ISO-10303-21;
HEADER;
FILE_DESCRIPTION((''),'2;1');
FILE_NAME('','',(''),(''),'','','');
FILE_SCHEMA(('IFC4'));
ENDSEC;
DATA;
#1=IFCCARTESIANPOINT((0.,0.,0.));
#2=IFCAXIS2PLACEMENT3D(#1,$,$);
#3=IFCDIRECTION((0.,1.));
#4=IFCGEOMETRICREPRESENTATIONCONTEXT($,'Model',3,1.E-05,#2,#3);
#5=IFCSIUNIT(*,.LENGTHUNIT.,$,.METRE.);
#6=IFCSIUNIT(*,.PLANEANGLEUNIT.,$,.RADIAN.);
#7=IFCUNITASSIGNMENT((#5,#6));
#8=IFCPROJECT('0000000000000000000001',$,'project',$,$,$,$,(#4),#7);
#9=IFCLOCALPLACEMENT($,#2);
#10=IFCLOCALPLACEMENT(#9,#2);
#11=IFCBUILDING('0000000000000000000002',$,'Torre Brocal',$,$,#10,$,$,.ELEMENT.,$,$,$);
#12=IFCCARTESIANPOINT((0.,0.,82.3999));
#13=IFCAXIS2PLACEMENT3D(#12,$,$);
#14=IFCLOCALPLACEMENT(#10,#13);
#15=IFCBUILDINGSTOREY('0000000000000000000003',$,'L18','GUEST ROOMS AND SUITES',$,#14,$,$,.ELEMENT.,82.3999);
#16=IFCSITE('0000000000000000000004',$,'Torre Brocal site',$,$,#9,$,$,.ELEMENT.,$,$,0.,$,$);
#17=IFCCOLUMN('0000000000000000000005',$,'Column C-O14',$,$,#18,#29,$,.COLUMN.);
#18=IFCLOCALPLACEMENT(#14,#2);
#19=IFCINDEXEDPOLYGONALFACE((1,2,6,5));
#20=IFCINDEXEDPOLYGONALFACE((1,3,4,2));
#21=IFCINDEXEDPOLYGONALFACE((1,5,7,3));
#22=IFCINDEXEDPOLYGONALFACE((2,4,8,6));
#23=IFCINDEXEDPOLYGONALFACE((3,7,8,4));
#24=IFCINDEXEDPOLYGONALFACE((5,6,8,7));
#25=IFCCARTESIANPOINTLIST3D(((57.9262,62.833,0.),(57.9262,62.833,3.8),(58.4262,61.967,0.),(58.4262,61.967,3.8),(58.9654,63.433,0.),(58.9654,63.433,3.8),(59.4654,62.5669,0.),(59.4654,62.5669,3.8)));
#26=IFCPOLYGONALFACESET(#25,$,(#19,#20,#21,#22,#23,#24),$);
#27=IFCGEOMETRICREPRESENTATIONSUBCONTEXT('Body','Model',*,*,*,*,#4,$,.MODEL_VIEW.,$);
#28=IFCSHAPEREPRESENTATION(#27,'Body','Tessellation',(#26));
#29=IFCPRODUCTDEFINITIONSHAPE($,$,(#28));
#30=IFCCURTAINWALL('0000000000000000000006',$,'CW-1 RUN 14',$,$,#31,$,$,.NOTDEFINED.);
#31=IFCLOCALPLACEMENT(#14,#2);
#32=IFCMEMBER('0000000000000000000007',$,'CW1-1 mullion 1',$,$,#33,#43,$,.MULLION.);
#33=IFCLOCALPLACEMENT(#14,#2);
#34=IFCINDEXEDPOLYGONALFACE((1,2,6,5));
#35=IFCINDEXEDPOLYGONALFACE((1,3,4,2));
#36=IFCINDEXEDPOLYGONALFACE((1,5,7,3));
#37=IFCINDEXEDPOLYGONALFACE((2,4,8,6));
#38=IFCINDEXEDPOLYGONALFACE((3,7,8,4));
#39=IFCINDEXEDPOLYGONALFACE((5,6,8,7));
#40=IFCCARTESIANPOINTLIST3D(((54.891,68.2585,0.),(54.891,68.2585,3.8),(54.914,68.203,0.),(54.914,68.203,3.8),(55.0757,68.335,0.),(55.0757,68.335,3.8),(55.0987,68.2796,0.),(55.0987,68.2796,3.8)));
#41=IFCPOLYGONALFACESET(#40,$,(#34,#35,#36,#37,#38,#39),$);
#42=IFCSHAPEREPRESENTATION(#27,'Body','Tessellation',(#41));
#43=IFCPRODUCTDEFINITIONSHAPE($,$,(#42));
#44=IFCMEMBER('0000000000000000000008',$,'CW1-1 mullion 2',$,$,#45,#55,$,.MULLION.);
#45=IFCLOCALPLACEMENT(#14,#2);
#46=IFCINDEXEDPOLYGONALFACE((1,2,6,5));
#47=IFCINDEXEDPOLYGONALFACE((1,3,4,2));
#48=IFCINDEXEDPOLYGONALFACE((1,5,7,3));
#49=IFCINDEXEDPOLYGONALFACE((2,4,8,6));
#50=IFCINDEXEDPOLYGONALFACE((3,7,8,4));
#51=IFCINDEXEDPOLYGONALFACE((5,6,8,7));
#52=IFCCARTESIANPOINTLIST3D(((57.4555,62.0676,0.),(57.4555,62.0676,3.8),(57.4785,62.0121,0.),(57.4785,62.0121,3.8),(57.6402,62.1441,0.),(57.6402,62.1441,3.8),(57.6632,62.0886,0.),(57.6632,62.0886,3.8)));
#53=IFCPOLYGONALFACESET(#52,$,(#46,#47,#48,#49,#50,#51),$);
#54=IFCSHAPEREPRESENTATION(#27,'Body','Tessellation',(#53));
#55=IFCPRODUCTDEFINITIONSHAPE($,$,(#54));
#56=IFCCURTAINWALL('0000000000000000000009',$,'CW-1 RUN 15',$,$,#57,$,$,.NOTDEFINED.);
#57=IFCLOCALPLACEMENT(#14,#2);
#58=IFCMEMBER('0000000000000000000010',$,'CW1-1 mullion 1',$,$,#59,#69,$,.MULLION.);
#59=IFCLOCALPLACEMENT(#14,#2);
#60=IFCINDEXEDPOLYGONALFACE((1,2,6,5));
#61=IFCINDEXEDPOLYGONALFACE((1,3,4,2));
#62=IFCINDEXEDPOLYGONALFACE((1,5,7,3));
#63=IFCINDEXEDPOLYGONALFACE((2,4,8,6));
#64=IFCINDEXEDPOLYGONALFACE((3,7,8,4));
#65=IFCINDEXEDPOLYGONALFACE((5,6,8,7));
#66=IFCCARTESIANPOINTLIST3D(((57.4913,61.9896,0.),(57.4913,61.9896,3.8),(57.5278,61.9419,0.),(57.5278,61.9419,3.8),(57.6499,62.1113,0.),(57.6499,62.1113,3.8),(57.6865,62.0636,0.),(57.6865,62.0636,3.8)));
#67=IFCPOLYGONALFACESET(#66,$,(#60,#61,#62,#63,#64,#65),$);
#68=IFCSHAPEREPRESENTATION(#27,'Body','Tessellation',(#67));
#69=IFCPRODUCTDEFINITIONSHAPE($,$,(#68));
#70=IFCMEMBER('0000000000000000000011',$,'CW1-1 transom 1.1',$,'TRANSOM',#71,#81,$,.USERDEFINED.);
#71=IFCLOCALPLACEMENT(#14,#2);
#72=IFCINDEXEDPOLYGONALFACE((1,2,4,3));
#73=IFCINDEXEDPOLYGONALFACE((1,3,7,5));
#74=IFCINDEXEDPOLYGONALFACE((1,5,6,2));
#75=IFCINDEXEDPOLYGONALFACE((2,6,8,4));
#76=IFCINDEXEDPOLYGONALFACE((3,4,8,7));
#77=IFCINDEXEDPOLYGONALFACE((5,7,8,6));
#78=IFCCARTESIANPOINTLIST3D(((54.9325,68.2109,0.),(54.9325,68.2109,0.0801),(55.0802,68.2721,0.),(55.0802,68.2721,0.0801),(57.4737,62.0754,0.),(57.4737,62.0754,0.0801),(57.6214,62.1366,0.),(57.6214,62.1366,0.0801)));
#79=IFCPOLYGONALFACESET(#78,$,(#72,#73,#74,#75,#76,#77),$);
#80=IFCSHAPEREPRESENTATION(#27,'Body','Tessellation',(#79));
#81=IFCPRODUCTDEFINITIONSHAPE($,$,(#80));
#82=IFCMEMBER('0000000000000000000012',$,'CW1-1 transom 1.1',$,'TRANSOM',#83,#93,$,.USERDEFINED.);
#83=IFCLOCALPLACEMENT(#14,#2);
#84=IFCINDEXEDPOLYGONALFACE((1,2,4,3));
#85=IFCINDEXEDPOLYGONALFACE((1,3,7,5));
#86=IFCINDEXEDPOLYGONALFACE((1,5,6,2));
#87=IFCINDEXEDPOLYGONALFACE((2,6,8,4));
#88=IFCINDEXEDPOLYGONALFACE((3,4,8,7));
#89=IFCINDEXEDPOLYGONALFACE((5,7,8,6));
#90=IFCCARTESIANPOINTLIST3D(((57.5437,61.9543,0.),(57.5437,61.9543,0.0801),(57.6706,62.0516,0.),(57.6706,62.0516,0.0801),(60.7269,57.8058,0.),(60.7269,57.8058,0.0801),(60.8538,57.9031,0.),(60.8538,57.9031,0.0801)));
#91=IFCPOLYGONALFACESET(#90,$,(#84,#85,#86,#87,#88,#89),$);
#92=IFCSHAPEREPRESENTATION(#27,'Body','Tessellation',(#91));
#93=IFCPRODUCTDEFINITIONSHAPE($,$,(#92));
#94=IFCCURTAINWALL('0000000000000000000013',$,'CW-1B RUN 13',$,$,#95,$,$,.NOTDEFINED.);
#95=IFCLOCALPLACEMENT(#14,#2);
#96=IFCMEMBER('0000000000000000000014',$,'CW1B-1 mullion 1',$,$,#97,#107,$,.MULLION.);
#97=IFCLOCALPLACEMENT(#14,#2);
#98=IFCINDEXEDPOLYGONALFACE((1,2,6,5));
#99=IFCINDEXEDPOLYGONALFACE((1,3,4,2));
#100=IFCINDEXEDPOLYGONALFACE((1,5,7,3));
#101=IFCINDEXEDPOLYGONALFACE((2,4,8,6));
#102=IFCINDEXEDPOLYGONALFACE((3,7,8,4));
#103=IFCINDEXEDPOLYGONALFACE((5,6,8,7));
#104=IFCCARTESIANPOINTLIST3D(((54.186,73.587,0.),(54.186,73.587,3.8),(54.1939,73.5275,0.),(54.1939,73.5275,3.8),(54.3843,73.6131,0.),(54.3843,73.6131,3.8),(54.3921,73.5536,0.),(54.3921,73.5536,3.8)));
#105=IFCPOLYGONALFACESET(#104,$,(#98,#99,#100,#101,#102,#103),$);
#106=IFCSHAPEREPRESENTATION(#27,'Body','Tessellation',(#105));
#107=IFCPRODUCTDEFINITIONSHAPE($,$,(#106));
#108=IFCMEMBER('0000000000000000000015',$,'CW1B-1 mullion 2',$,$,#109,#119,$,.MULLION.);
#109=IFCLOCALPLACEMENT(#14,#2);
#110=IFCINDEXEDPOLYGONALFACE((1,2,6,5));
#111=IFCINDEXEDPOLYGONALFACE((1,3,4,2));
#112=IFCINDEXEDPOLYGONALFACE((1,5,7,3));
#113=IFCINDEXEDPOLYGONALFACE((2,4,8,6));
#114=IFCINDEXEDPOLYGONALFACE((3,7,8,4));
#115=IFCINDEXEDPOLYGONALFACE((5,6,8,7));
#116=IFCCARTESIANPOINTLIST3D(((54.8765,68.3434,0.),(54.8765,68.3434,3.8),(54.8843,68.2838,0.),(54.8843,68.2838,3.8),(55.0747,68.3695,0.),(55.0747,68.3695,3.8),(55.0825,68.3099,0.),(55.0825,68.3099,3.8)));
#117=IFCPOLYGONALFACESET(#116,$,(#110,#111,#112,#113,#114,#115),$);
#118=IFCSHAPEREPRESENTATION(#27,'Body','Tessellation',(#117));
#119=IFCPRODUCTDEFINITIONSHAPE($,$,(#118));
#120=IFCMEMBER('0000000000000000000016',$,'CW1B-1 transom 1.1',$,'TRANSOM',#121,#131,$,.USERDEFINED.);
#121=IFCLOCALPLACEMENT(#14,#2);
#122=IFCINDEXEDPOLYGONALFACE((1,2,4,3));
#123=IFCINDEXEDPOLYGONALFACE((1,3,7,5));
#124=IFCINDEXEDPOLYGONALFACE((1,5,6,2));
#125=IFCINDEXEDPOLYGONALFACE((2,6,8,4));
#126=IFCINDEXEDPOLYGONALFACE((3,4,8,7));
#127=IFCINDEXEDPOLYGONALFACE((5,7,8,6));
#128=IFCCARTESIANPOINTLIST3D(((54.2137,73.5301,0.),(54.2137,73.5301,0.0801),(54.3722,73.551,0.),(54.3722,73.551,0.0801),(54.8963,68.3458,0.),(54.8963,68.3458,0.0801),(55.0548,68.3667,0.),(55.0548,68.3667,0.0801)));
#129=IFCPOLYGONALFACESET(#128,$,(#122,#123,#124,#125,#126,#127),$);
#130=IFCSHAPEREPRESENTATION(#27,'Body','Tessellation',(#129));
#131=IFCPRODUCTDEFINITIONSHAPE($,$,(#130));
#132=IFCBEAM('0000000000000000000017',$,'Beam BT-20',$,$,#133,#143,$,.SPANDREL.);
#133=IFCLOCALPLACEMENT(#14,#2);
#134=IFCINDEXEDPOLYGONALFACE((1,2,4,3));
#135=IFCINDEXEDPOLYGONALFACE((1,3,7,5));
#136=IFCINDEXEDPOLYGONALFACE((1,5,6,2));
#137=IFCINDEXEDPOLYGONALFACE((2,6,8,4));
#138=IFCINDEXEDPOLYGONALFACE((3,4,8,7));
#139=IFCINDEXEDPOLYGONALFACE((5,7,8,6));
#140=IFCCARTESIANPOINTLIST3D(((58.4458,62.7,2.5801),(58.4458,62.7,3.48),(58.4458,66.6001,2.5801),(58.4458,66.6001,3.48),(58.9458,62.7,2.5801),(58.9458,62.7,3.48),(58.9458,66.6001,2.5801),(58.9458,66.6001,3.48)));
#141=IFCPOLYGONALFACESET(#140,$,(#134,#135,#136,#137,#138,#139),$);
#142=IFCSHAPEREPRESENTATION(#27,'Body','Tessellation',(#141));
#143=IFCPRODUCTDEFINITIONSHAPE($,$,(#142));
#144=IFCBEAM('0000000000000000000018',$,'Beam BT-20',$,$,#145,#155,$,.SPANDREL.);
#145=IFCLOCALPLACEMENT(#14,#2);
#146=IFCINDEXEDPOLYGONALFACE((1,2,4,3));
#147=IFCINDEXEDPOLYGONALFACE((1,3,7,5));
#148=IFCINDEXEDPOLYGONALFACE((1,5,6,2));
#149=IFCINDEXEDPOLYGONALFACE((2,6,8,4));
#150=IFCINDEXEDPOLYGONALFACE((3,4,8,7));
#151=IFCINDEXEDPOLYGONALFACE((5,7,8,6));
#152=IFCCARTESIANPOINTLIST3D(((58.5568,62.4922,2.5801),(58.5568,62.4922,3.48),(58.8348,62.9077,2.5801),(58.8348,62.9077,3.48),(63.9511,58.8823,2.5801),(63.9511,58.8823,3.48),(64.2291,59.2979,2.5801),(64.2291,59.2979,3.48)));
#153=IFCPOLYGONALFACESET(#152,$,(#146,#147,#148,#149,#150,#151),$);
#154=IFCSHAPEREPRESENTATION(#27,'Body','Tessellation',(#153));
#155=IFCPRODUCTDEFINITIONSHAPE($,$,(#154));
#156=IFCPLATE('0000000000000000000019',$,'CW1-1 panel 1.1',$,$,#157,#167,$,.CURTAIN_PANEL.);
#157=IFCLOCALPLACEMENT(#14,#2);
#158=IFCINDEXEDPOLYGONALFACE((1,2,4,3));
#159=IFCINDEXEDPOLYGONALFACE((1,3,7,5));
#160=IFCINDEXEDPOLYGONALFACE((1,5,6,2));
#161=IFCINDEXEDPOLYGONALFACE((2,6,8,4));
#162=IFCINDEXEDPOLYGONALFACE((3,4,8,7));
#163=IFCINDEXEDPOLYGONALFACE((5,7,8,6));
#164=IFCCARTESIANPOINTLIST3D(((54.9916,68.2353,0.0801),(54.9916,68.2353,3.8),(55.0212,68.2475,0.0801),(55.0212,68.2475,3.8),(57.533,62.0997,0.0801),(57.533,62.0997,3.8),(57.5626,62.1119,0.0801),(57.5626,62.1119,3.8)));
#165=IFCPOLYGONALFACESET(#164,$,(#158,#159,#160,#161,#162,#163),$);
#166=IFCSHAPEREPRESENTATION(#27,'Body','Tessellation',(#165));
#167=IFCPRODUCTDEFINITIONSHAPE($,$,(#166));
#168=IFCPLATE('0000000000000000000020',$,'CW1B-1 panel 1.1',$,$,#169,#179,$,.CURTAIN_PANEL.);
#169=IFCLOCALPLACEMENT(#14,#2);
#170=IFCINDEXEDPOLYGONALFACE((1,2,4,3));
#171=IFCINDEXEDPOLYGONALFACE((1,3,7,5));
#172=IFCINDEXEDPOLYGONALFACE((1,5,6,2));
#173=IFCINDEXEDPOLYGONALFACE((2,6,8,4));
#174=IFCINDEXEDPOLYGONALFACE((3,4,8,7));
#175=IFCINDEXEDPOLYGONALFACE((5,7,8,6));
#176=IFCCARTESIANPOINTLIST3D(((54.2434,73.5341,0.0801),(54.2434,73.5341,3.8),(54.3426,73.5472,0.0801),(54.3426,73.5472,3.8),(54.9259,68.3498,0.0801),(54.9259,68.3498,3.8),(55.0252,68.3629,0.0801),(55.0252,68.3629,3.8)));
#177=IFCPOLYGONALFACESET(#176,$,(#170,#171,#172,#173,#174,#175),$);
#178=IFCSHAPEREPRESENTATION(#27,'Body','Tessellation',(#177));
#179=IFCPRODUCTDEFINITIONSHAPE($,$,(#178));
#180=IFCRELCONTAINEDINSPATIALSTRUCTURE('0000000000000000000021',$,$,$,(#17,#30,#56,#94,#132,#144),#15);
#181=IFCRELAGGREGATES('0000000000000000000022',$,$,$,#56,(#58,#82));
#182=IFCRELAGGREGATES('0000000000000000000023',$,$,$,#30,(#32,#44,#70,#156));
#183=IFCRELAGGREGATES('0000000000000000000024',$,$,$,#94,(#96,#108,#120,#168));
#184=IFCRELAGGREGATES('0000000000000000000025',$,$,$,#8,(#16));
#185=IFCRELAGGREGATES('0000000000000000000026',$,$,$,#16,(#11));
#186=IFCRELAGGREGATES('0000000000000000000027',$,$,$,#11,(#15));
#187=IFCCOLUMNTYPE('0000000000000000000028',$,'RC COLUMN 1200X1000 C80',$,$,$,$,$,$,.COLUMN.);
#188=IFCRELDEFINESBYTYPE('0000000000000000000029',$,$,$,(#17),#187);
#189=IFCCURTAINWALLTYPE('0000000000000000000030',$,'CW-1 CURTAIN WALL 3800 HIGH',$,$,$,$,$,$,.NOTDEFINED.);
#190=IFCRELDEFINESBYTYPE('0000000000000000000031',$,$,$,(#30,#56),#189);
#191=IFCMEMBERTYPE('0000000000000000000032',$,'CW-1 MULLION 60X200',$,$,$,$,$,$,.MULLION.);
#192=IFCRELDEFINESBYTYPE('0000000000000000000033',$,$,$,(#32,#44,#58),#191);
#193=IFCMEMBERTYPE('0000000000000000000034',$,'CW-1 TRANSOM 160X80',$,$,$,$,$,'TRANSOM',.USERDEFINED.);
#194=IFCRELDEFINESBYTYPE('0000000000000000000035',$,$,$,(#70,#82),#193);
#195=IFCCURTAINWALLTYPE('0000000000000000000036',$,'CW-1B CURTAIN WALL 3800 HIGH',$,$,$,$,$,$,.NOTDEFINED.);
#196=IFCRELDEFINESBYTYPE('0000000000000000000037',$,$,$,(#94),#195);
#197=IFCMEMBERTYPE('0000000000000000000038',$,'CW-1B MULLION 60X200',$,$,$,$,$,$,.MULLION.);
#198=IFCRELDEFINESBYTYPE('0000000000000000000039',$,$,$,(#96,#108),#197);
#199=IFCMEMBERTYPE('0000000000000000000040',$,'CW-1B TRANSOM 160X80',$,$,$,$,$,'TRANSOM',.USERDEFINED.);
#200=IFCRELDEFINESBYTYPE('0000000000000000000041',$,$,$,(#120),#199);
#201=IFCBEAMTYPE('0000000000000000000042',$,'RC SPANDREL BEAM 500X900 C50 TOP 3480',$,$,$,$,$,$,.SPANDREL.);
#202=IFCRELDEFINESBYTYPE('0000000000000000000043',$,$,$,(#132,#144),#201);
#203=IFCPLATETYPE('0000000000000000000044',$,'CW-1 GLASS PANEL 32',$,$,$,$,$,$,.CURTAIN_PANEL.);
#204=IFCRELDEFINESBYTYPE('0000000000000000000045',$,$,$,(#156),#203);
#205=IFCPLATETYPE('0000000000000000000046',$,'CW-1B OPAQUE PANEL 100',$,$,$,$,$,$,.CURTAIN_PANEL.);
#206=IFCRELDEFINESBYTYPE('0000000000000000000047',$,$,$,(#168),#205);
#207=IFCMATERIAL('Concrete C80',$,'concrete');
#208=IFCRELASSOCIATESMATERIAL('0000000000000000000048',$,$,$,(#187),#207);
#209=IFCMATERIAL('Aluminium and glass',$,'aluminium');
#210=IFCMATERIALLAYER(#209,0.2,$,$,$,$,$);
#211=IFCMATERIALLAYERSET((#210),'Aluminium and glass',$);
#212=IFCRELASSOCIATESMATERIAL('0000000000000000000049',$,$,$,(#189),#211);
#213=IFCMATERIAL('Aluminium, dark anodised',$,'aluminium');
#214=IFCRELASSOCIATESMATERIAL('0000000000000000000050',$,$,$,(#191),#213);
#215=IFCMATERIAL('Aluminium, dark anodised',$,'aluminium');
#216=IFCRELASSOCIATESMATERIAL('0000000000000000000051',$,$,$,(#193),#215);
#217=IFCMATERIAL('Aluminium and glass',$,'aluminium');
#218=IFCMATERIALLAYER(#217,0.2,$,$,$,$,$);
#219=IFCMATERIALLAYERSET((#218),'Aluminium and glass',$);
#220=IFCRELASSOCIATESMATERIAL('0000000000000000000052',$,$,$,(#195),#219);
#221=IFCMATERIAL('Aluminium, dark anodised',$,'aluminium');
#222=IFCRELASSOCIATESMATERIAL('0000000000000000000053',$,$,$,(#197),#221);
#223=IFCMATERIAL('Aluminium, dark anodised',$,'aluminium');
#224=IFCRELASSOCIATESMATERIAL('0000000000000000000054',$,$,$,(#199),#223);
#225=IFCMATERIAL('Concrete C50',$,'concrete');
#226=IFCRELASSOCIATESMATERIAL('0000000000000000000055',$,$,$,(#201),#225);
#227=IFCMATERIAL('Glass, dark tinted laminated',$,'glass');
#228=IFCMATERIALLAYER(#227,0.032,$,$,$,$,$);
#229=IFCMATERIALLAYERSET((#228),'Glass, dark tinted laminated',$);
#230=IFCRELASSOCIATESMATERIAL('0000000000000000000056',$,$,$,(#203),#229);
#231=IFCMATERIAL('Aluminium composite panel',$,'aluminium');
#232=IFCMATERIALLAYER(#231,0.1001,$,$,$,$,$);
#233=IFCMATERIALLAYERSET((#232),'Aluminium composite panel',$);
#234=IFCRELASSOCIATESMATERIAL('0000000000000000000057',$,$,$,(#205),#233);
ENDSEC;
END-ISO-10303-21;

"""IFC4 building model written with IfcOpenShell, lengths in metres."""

from ifc_helpers import new_model, si_unit, direction, frame, origin, origin_2d, place, context, subcontext, project, spatial, rectangle, extrude, material, layer, layer_set, material_profile, profile_set, type_object, element, aggregate, save


model = new_model("IFC4")

# Units and contexts
model_context = context("Model", 3, precision=1e-05, world=origin(), true_north=direction((0.0, 1.0)))
body_context = subcontext(model_context, "Body", "Model", "MODEL_VIEW")
ifc_project = project(units=[si_unit("LENGTHUNIT", "METRE"), si_unit("PLANEANGLEUNIT", "RADIAN")], contexts=[model_context])

# Site, building, storey
site_placement = place(None, origin())
site = spatial("IfcSite", under=ifc_project, at=site_placement, Name="Torre Brocal site", CompositionType="ELEMENT", RefElevation=0.0)
building_placement = place(site_placement, origin())
building = spatial("IfcBuilding", under=site, at=building_placement, Name="Torre Brocal", CompositionType="ELEMENT")
storey_placement = place(building_placement, frame((0.0, 0.0, 82.3999)))
storey = spatial("IfcBuildingStorey", under=building, at=storey_placement, Name="L18", Description="GUEST ROOMS AND SUITES", CompositionType="ELEMENT", Elevation=82.3999)

# Column
ifc_material_1 = material(Name="Concrete C80", Category="concrete")
ifc_material_profile_1 = material_profile(ifc_material_1, rectangle(XDim=1.2, YDim=1.0, at=origin_2d()), Name="RC 1200X1000")
ifc_profile_set_1 = profile_set([ifc_material_profile_1], Name="Concrete C80")
column_type = type_object("IfcColumnType", Name="RC COLUMN 1200X1000 C80", PredefinedType="COLUMN", material=ifc_profile_set_1)
column_placement = place(storey_placement, frame((58.6958, 62.7, 0.0), z_axis=(0.0, 0.0, 1.0), x_axis=(-0.866025, -0.5, 0.0)))
element("IfcColumn", 1, at=column_placement, inside=storey, type_object=column_type, Name="Column C-O14", PredefinedType="COLUMN", context=body_context, shape_type="SweptSolid", body=[
    extrude(rectangle(XDim=1.2, YDim=1.0, at=origin_2d()), origin(), (0.0, 0.0, 1.0), 3.8),
])

# Curtain wall, members
ifc_material_2 = material(Name="Aluminium and glass", Category="aluminium")
ifc_layer_1 = layer(ifc_material_2, 0.2)
ifc_layer_set_1 = layer_set([ifc_layer_1], Name="Aluminium and glass")
curtain_wall_type_1 = type_object("IfcCurtainWallType", Name="CW-1 CURTAIN WALL 3800 HIGH", PredefinedType="NOTDEFINED", material=ifc_layer_set_1)
curtain_wall_1_placement = place(storey_placement, origin())
curtain_wall_1 = element("IfcCurtainWall", 2, at=curtain_wall_1_placement, inside=storey, type_object=curtain_wall_type_1, Name="CW-1 RUN 14", PredefinedType="NOTDEFINED")
ifc_material_3 = material(Name="Aluminium, dark anodised", Category="aluminium")
ifc_material_profile_2 = material_profile(ifc_material_3, rectangle(XDim=0.2, YDim=0.0601, at=origin_2d()), Name="CW-1 MULLION 60X200")
ifc_profile_set_2 = profile_set([ifc_material_profile_2], Name="Aluminium, dark anodised")
member_type_1 = type_object("IfcMemberType", Name="CW-1 MULLION 60X200", PredefinedType="MULLION", material=ifc_profile_set_2)
member_1_placement = place(storey_placement, frame((54.9949, 68.269, 0.0), z_axis=(0.0, 0.0, 1.0), x_axis=(0.92388, 0.382683, 0.0)))
member_1 = element("IfcMember", 3, at=member_1_placement, type_object=member_type_1, Name="CW1-1 mullion 1", PredefinedType="MULLION", context=body_context, shape_type="SweptSolid", body=[
    extrude(rectangle(XDim=0.2, YDim=0.0601, at=origin_2d()), origin(), (0.0, 0.0, 1.0), 3.8),
])
member_2_placement = place(storey_placement, frame((57.5593, 62.0781, 0.0), z_axis=(0.0, 0.0, 1.0), x_axis=(0.92388, 0.382683, 0.0)))
member_2 = element("IfcMember", 4, at=member_2_placement, type_object=member_type_1, Name="CW1-1 mullion 2", PredefinedType="MULLION", context=body_context, shape_type="SweptSolid", body=[
    extrude(rectangle(XDim=0.2, YDim=0.0601, at=origin_2d()), origin(), (0.0, 0.0, 1.0), 3.8),
])

# Curtain wall, member
curtain_wall_2_placement = place(storey_placement, origin())
curtain_wall_2 = element("IfcCurtainWall", 5, at=curtain_wall_2_placement, inside=storey, type_object=curtain_wall_type_1, Name="CW-1 RUN 15", PredefinedType="NOTDEFINED")
member_3_placement = place(storey_placement, frame((57.5889, 62.0266, 0.0), z_axis=(0.0, 0.0, 1.0), x_axis=(0.793353, 0.608761, 0.0)))
member_3 = element("IfcMember", 6, at=member_3_placement, type_object=member_type_1, Name="CW1-1 mullion 1", PredefinedType="MULLION", context=body_context, shape_type="SweptSolid", body=[
    extrude(rectangle(XDim=0.2, YDim=0.0601, at=origin_2d()), origin(), (0.0, 0.0, 1.0), 3.8),
])

# Members
ifc_material_4 = material(Name="Aluminium, dark anodised", Category="aluminium")
ifc_material_profile_3 = material_profile(ifc_material_4, rectangle(XDim=0.1599, YDim=0.0801, at=origin_2d()), Name="CW-1 TRANSOM 160X80")
ifc_profile_set_3 = profile_set([ifc_material_profile_3], Name="Aluminium, dark anodised")
member_type_2 = type_object("IfcMemberType", Name="CW-1 TRANSOM 160X80", ElementType="TRANSOM", PredefinedType="USERDEFINED", material=ifc_profile_set_3)
member_4_placement = place(storey_placement, frame((55.0063, 68.2415, 0.04), z_axis=(0.382665, -0.923887, 0.0), x_axis=(0.923887, 0.382665, 0.0)))
member_4 = element("IfcMember", 7, at=member_4_placement, type_object=member_type_2, Name="CW1-1 transom 1.1", ObjectType="TRANSOM", PredefinedType="USERDEFINED", context=body_context, shape_type="SweptSolid", body=[
    extrude(rectangle(XDim=0.1599, YDim=0.0801, at=origin_2d()), origin(), (0.0, 0.0, 1.0), 6.6409),
])
member_5_placement = place(storey_placement, frame((57.6072, 62.0029, 0.04), z_axis=(0.608749, -0.793363, 0.0), x_axis=(0.793363, 0.608749, 0.0)))
member_5 = element("IfcMember", 8, at=member_5_placement, type_object=member_type_2, Name="CW1-1 transom 1.1", ObjectType="TRANSOM", PredefinedType="USERDEFINED", context=body_context, shape_type="SweptSolid", body=[
    extrude(rectangle(XDim=0.1599, YDim=0.0801, at=origin_2d()), origin(), (0.0, 0.0, 1.0), 5.229),
])
aggregate(curtain_wall_2, [member_3, member_5])

# Curtain wall, members
ifc_material_5 = material(Name="Aluminium and glass", Category="aluminium")
ifc_layer_2 = layer(ifc_material_5, 0.2)
ifc_layer_set_2 = layer_set([ifc_layer_2], Name="Aluminium and glass")
curtain_wall_type_2 = type_object("IfcCurtainWallType", Name="CW-1B CURTAIN WALL 3800 HIGH", PredefinedType="NOTDEFINED", material=ifc_layer_set_2)
curtain_wall_3_placement = place(storey_placement, origin())
curtain_wall_3 = element("IfcCurtainWall", 9, at=curtain_wall_3_placement, inside=storey, type_object=curtain_wall_type_2, Name="CW-1B RUN 13", PredefinedType="NOTDEFINED")
ifc_material_6 = material(Name="Aluminium, dark anodised", Category="aluminium")
ifc_material_profile_4 = material_profile(ifc_material_6, rectangle(XDim=0.2, YDim=0.0601, at=origin_2d()), Name="CW-1B MULLION 60X200")
ifc_profile_set_4 = profile_set([ifc_material_profile_4], Name="Aluminium, dark anodised")
member_type_3 = type_object("IfcMemberType", Name="CW-1B MULLION 60X200", PredefinedType="MULLION", material=ifc_profile_set_4)
member_6_placement = place(storey_placement, frame((54.2891, 73.5703, 0.0), z_axis=(0.0, 0.0, 1.0), x_axis=(0.991445, 0.130526, 0.0)))
member_6 = element("IfcMember", 10, at=member_6_placement, type_object=member_type_3, Name="CW1B-1 mullion 1", PredefinedType="MULLION", context=body_context, shape_type="SweptSolid", body=[
    extrude(rectangle(XDim=0.2, YDim=0.0601, at=origin_2d()), origin(), (0.0, 0.0, 1.0), 3.8),
])
member_7_placement = place(storey_placement, frame((54.9795, 68.3267, 0.0), z_axis=(0.0, 0.0, 1.0), x_axis=(0.991445, 0.130526, 0.0)))
member_7 = element("IfcMember", 11, at=member_7_placement, type_object=member_type_3, Name="CW1B-1 mullion 2", PredefinedType="MULLION", context=body_context, shape_type="SweptSolid", body=[
    extrude(rectangle(XDim=0.2, YDim=0.0601, at=origin_2d()), origin(), (0.0, 0.0, 1.0), 3.8),
])
ifc_material_7 = material(Name="Aluminium, dark anodised", Category="aluminium")
ifc_material_profile_5 = material_profile(ifc_material_7, rectangle(XDim=0.1599, YDim=0.0801, at=origin_2d()), Name="CW-1B TRANSOM 160X80")
ifc_profile_set_5 = profile_set([ifc_material_profile_5], Name="Aluminium, dark anodised")
member_type_4 = type_object("IfcMemberType", Name="CW-1B TRANSOM 160X80", ElementType="TRANSOM", PredefinedType="USERDEFINED", material=ifc_profile_set_5)
member_8_placement = place(storey_placement, frame((54.293, 73.5405, 0.04), z_axis=(0.130543, -0.991443, 0.0), x_axis=(0.991443, 0.130543, 0.0)))
member_8 = element("IfcMember", 12, at=member_8_placement, type_object=member_type_4, Name="CW1B-1 transom 1.1", ObjectType="TRANSOM", PredefinedType="USERDEFINED", context=body_context, shape_type="SweptSolid", body=[
    extrude(rectangle(XDim=0.1599, YDim=0.0801, at=origin_2d()), origin(), (0.0, 0.0, 1.0), 5.229),
])

# Beams
ifc_material_8 = material(Name="Concrete C50", Category="concrete")
ifc_material_profile_6 = material_profile(ifc_material_8, rectangle(XDim=0.5, YDim=0.8999, at=origin_2d()), Name="RC 500X900")
ifc_profile_set_6 = profile_set([ifc_material_profile_6], Name="Concrete C50")
beam_type = type_object("IfcBeamType", Name="RC SPANDREL BEAM 500X900 C50 TOP 3480", PredefinedType="SPANDREL", material=ifc_profile_set_6)
beam_1_placement = place(storey_placement, frame((58.6958, 62.7, 3.03), z_axis=(0.0, 1.0, 0.0), x_axis=(-1.0, 0.0, 0.0)))
element("IfcBeam", 13, at=beam_1_placement, inside=storey, type_object=beam_type, Name="Beam BT-20", PredefinedType="SPANDREL", context=body_context, shape_type="SweptSolid", body=[
    extrude(rectangle(XDim=0.5, YDim=0.8999, at=origin_2d()), origin(), (0.0, 0.0, 1.0), 3.9001),
])
beam_2_placement = place(storey_placement, frame((58.6958, 62.7, 3.03), z_axis=(0.831077, -0.556158, 0.0), x_axis=(0.556158, 0.831077, 0.0)))
element("IfcBeam", 14, at=beam_2_placement, inside=storey, type_object=beam_type, Name="Beam BT-20", PredefinedType="SPANDREL", context=body_context, shape_type="SweptSolid", body=[
    extrude(rectangle(XDim=0.5, YDim=0.8999, at=origin_2d()), origin(), (0.0, 0.0, 1.0), 6.4907),
])

# Plates
ifc_material_9 = material(Name="Glass, dark tinted laminated", Category="glass")
ifc_layer_3 = layer(ifc_material_9, 0.032)
ifc_layer_set_3 = layer_set([ifc_layer_3], Name="Glass, dark tinted laminated")
plate_type_1 = type_object("IfcPlateType", Name="CW-1 GLASS PANEL 32", PredefinedType="CURTAIN_PANEL", material=ifc_layer_set_3)
plate_1_placement = place(storey_placement, frame((56.2771, 65.1736, 0.0801), z_axis=(0.0, 0.0, 1.0), x_axis=(0.382683, -0.92388, 0.0)))
plate_1 = element("IfcPlate", 15, at=plate_1_placement, type_object=plate_type_1, Name="CW1-1 panel 1.1", PredefinedType="CURTAIN_PANEL", context=body_context, shape_type="SweptSolid", body=[
    extrude(rectangle(XDim=6.6411, YDim=0.032, at=origin_2d()), origin(), (0.0, 0.0, 1.0), 3.72),
])
aggregate(curtain_wall_1, [member_1, member_2, member_4, plate_1])
ifc_material_10 = material(Name="Aluminium composite panel", Category="aluminium")
ifc_layer_4 = layer(ifc_material_10, 0.1001)
ifc_layer_set_4 = layer_set([ifc_layer_4], Name="Aluminium composite panel")
plate_type_2 = type_object("IfcPlateType", Name="CW-1B OPAQUE PANEL 100", PredefinedType="CURTAIN_PANEL", material=ifc_layer_set_4)
plate_2_placement = place(storey_placement, frame((54.6343, 70.9485, 0.0801), z_axis=(0.0, 0.0, 1.0), x_axis=(0.130526, -0.991445, 0.0)))
plate_2 = element("IfcPlate", 16, at=plate_2_placement, type_object=plate_type_2, Name="CW1B-1 panel 1.1", PredefinedType="CURTAIN_PANEL", context=body_context, shape_type="SweptSolid", body=[
    extrude(rectangle(XDim=5.229, YDim=0.1001, at=origin_2d()), origin(), (0.0, 0.0, 1.0), 3.72),
])
aggregate(curtain_wall_3, [member_6, member_7, member_8, plate_2])

save(model, "model.ifc")
